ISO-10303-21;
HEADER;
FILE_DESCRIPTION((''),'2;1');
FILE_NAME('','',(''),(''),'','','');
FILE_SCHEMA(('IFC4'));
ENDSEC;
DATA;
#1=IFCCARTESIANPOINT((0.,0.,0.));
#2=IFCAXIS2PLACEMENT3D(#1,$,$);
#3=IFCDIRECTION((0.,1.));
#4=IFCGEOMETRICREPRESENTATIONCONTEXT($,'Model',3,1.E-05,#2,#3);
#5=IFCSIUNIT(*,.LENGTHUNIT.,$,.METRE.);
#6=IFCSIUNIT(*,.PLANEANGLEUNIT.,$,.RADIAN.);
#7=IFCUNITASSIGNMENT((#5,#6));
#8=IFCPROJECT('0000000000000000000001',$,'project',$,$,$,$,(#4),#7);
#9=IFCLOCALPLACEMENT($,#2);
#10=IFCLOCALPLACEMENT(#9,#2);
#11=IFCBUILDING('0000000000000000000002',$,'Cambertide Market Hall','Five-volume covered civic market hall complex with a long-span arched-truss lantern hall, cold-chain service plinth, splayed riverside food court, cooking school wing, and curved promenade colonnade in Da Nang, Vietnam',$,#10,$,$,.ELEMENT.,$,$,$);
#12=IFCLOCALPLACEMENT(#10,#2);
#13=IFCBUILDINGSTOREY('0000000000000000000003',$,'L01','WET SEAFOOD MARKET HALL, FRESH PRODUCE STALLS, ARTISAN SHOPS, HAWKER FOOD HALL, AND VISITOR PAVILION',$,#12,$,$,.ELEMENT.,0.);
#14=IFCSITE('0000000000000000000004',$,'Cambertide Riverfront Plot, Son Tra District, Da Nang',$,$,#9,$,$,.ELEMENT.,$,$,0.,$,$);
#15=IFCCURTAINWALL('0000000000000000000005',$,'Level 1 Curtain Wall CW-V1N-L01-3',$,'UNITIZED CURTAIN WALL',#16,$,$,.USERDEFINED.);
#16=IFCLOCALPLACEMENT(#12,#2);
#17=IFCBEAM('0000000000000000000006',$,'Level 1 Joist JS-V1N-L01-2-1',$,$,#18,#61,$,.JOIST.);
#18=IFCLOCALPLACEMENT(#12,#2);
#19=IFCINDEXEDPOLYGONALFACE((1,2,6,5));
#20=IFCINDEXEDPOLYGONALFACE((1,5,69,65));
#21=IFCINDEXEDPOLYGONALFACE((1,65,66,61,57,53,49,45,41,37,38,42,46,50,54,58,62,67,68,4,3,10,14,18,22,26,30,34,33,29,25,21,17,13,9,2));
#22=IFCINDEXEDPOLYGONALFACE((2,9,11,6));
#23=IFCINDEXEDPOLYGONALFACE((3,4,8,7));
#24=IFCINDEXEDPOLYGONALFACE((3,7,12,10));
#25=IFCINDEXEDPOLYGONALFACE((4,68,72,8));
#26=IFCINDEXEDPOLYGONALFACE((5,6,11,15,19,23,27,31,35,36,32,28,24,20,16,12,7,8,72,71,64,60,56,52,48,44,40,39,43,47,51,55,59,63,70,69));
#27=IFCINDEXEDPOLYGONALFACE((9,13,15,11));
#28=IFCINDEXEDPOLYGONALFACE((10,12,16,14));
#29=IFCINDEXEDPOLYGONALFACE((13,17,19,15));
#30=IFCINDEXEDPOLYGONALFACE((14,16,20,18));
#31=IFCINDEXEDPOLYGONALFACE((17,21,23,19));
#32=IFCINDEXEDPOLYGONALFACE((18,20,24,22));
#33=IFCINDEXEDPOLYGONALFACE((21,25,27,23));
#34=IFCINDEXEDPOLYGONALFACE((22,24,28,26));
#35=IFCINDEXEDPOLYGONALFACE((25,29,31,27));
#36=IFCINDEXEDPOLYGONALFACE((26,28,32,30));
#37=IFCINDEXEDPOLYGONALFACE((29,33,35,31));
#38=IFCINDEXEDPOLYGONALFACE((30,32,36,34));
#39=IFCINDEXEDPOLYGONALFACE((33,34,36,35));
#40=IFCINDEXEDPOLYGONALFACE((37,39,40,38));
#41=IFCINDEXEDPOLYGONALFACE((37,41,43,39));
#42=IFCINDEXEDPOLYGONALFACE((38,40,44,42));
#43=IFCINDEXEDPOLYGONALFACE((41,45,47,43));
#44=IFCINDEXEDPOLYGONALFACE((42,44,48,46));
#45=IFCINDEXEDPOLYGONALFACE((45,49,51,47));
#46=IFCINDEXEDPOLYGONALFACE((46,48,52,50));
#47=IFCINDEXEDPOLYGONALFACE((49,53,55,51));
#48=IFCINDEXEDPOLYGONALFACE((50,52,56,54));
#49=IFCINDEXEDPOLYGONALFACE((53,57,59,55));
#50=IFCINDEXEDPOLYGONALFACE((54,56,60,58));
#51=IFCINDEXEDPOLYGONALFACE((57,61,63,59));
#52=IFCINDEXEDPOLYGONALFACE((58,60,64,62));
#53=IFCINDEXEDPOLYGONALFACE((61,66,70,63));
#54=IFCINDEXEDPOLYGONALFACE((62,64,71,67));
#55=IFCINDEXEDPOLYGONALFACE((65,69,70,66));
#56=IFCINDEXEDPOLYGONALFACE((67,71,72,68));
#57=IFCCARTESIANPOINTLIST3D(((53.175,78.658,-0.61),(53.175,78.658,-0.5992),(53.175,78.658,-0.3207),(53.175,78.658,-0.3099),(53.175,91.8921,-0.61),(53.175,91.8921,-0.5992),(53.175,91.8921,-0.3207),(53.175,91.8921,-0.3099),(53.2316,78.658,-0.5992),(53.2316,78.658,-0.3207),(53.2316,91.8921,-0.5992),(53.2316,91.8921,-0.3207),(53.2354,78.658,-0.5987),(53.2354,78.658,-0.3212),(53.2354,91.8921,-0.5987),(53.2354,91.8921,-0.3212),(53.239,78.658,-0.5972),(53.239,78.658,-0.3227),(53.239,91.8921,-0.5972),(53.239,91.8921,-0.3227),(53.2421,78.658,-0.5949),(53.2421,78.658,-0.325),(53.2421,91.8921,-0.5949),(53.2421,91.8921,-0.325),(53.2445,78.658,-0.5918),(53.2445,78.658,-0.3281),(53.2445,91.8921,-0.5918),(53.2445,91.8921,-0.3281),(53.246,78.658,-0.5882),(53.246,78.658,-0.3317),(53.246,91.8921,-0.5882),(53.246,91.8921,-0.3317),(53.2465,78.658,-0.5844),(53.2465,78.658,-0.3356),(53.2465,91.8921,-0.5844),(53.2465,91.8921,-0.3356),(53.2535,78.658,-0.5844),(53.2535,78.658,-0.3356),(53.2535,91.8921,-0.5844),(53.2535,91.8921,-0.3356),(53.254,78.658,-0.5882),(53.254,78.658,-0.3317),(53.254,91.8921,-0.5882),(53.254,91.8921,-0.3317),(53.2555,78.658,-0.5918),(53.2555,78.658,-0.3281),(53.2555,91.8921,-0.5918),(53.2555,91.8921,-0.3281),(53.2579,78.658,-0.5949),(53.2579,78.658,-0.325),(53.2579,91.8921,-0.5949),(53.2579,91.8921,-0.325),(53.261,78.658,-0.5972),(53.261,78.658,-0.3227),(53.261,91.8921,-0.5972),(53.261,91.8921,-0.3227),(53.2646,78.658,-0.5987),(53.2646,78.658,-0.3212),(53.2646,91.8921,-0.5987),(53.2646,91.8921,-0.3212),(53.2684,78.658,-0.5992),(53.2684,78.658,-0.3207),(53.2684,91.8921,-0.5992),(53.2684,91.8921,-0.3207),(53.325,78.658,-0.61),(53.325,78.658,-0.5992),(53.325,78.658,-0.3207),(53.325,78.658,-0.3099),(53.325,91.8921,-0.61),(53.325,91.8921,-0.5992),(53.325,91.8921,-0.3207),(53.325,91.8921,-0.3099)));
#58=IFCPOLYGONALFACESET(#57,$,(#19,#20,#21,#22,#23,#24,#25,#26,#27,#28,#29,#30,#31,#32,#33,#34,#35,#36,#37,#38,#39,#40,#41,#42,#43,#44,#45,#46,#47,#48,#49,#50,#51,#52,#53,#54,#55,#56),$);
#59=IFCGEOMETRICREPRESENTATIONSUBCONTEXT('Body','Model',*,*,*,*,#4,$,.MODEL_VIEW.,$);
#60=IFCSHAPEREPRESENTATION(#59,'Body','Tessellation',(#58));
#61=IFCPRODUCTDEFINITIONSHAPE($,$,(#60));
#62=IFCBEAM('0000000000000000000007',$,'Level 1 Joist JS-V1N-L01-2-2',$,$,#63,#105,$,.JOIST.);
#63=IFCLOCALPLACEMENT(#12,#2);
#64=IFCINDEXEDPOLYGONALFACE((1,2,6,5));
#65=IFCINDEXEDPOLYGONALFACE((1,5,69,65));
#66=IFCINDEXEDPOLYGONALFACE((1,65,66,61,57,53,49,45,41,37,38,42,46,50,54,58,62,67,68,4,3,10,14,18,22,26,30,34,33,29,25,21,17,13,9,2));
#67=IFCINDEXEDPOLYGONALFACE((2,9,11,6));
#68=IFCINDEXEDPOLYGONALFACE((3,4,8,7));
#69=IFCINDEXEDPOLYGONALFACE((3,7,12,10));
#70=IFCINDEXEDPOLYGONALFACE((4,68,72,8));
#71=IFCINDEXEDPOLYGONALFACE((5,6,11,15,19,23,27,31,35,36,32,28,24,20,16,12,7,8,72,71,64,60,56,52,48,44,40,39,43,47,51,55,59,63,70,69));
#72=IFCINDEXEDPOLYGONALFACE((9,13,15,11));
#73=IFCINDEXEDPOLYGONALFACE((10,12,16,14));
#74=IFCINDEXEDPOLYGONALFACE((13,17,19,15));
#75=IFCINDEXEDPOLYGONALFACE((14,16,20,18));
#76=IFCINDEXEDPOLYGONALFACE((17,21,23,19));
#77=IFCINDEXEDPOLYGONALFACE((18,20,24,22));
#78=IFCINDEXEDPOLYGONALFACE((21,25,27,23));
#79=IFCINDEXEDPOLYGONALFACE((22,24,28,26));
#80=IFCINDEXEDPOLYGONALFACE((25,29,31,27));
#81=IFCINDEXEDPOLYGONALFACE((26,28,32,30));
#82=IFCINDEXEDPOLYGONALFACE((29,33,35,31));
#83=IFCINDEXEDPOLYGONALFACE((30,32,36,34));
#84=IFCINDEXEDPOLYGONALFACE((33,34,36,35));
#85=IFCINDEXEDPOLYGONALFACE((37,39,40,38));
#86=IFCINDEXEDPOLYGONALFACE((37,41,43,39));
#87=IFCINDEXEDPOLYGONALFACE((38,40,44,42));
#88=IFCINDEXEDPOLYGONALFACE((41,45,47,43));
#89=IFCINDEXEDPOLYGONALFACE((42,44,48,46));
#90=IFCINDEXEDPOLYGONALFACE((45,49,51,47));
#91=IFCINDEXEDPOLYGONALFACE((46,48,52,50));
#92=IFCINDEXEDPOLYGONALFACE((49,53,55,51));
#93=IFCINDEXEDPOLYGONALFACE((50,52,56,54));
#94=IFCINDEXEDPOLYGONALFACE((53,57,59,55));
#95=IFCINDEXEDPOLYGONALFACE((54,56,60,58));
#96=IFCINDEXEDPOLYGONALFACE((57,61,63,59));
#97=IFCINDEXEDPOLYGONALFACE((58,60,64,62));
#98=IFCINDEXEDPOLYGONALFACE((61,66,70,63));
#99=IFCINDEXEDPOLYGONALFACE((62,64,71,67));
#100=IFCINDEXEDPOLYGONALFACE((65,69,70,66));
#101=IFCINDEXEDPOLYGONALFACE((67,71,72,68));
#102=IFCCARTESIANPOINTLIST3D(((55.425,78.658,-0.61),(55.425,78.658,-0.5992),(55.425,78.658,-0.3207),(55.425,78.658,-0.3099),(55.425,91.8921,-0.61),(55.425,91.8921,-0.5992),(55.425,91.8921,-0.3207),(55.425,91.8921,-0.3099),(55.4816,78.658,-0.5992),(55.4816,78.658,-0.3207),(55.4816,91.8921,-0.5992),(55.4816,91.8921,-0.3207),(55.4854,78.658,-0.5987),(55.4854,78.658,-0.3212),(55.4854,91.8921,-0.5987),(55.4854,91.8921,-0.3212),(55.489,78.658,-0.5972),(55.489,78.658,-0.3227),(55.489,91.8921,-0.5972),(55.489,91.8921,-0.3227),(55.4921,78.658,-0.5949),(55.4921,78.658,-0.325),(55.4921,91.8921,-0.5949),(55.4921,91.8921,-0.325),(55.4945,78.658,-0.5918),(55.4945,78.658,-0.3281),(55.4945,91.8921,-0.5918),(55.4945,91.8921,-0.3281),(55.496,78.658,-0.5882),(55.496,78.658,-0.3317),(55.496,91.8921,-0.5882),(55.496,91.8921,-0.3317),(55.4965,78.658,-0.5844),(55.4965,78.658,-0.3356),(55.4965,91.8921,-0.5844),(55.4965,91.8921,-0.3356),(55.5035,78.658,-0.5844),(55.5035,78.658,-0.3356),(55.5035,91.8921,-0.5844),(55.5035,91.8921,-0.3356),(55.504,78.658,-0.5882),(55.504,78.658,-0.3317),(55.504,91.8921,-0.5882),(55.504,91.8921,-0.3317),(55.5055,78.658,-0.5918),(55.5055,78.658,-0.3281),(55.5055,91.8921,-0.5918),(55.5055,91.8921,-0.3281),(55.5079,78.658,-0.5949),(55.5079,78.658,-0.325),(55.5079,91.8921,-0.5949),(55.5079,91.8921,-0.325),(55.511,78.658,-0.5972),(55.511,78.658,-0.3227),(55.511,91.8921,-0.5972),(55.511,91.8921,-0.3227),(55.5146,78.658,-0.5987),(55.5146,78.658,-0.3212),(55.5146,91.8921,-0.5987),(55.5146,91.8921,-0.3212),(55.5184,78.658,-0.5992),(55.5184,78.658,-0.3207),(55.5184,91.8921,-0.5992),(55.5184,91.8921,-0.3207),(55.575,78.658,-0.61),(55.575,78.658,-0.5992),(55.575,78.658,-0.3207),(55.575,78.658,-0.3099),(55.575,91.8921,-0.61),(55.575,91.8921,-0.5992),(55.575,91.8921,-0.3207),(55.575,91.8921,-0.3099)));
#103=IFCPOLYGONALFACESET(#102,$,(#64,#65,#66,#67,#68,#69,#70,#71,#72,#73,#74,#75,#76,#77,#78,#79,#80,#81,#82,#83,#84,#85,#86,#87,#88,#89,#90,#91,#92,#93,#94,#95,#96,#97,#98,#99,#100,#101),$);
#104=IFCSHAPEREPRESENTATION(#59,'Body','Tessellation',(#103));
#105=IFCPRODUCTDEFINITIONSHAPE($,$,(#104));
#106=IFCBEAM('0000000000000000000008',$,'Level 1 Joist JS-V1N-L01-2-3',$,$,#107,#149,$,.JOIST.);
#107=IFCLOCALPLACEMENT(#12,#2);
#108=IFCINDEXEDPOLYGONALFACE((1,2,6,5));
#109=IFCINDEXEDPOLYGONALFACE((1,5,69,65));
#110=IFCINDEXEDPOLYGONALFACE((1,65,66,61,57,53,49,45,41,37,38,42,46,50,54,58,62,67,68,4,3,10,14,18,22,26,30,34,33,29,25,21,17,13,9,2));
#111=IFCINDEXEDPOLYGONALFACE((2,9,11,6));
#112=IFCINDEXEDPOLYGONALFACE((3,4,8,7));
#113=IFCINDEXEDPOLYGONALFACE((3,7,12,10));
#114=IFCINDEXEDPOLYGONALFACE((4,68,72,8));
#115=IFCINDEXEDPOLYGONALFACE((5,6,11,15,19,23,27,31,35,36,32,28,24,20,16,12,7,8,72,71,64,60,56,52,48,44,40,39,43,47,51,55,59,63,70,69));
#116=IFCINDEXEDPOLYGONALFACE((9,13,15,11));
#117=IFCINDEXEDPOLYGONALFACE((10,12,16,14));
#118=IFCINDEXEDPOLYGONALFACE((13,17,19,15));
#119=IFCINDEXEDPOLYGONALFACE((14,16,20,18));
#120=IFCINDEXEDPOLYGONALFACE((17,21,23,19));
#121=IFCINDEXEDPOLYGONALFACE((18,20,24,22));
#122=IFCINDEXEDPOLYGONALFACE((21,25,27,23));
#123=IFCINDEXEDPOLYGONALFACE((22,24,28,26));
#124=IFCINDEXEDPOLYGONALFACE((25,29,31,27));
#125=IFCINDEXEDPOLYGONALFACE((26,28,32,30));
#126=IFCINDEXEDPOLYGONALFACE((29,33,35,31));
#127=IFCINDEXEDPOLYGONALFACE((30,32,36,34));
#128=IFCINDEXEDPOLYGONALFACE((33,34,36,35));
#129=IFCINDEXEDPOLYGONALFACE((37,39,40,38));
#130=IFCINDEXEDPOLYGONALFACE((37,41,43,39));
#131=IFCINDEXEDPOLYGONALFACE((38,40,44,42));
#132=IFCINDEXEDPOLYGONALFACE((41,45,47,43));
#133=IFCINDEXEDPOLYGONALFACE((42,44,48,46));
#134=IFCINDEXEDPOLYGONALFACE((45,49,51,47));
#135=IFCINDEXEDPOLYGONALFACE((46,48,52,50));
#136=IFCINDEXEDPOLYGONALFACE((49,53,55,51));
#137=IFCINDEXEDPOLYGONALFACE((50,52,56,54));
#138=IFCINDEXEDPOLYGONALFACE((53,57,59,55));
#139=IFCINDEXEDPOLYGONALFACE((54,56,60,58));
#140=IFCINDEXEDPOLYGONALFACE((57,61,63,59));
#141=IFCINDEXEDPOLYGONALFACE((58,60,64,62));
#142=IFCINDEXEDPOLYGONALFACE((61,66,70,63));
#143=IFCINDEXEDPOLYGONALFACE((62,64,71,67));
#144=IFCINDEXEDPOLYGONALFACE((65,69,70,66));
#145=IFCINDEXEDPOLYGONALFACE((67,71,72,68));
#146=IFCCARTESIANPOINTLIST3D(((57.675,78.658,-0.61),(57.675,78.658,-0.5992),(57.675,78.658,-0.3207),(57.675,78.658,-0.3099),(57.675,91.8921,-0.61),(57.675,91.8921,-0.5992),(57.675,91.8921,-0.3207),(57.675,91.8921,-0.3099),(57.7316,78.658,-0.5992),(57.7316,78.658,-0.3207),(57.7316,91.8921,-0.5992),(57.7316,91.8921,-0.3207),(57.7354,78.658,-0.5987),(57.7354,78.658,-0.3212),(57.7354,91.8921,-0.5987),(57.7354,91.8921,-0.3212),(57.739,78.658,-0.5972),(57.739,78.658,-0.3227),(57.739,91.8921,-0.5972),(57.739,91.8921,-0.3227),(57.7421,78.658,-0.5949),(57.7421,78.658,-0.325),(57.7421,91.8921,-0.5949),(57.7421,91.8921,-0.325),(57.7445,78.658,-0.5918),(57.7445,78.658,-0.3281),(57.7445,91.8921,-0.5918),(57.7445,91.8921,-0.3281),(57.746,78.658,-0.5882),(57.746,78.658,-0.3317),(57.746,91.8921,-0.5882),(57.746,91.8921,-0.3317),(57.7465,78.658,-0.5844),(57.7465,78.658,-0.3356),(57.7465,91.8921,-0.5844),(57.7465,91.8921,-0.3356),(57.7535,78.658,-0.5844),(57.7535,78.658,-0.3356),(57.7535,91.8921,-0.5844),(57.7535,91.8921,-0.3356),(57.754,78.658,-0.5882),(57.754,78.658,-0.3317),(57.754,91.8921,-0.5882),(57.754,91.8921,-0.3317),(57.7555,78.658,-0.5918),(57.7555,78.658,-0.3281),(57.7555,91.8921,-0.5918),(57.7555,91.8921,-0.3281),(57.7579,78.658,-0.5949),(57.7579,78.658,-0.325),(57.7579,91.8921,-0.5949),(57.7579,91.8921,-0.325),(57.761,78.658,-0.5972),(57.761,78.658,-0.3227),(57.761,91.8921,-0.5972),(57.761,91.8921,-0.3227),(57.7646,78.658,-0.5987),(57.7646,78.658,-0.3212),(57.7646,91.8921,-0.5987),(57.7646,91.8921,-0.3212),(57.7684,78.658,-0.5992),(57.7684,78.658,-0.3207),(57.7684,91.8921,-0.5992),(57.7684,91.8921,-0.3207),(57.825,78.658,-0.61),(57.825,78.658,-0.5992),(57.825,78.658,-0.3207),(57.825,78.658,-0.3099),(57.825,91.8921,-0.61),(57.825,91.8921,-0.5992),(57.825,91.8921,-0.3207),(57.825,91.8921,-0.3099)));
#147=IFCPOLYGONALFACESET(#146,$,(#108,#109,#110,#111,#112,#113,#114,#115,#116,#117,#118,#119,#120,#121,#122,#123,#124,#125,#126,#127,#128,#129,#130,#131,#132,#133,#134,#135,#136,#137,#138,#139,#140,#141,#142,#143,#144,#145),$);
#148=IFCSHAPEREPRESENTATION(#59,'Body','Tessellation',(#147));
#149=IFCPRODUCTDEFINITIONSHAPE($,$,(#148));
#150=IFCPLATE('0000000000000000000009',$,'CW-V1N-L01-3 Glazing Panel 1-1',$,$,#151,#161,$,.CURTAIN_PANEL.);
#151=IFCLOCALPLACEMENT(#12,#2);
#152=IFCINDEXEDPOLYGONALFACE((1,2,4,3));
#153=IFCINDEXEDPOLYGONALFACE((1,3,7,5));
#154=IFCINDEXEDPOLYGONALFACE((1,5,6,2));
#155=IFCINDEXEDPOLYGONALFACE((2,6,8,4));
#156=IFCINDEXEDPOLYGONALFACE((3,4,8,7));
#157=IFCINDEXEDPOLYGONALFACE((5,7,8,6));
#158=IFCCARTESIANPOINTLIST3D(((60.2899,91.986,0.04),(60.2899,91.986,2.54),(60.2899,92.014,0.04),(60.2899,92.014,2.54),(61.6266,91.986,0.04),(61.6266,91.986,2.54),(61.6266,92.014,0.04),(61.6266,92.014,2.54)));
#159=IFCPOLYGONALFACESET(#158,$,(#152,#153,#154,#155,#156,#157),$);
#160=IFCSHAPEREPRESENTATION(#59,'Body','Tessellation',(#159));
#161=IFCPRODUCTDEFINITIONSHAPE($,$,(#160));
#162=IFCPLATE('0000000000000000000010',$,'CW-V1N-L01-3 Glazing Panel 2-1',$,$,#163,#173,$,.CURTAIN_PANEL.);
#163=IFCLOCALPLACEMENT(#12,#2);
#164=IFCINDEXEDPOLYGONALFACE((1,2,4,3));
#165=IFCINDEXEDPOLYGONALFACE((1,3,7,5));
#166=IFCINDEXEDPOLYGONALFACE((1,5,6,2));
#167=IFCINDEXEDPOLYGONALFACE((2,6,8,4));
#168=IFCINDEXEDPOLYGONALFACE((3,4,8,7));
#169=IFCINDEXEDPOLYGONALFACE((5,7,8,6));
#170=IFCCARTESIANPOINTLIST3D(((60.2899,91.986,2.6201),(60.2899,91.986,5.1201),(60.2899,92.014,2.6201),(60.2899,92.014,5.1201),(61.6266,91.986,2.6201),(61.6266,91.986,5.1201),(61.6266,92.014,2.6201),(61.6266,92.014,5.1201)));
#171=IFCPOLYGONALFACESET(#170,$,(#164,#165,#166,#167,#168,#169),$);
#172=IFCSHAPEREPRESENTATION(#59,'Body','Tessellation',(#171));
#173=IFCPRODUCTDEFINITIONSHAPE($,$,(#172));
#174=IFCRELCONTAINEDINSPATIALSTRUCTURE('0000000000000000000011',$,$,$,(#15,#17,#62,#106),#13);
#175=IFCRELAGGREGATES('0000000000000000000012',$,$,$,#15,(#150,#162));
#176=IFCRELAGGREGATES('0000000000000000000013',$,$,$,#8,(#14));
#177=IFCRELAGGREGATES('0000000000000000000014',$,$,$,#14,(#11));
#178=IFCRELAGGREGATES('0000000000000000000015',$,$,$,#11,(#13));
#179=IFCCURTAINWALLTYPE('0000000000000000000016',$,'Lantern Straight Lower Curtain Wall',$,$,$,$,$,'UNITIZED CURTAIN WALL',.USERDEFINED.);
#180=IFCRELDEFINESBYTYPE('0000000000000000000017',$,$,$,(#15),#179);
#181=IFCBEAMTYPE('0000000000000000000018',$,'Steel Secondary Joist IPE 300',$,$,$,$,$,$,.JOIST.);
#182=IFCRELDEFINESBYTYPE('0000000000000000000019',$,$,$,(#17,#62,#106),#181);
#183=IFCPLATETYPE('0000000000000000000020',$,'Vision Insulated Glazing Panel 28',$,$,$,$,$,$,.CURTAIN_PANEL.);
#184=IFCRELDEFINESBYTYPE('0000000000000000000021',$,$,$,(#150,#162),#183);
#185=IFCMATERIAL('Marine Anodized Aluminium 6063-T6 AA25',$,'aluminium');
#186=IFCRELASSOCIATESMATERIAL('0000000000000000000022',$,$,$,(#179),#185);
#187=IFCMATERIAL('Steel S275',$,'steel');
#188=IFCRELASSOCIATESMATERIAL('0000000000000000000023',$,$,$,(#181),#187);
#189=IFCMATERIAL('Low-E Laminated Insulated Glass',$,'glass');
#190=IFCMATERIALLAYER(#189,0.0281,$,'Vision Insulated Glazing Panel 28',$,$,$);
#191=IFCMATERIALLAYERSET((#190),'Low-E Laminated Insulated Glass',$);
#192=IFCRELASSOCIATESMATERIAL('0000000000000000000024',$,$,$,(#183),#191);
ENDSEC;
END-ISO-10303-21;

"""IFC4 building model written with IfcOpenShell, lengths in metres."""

from ifc_helpers import new_model, si_unit, direction, frame, origin, origin_2d, place, context, subcontext, project, spatial, rectangle, i_section, extrude, material, layer, layer_set, material_profile, profile_set, type_object, element, aggregate, save


model = new_model("IFC4")

# Units and contexts
model_context = context("Model", 3, precision=1e-05, world=origin(), true_north=direction((0.0, 1.0)))
body_context = subcontext(model_context, "Body", "Model", "MODEL_VIEW")
ifc_project = project(units=[si_unit("LENGTHUNIT", "METRE"), si_unit("PLANEANGLEUNIT", "RADIAN")], contexts=[model_context])

# Site, building, storey
site_placement = place(None, origin())
site = spatial("IfcSite", under=ifc_project, at=site_placement, Name="Cambertide Riverfront Plot, Son Tra District, Da Nang", CompositionType="ELEMENT", RefElevation=0.0)
building_placement = place(site_placement, origin())
building = spatial("IfcBuilding", under=site, at=building_placement, Name="Cambertide Market Hall", Description="Five-volume covered civic market hall complex with a long-span arched-truss lantern hall, cold-chain service plinth, splayed riverside food court, cooking school wing, and curved promenade colonnade in Da Nang, Vietnam", CompositionType="ELEMENT")
storey_placement = place(building_placement, origin())
storey = spatial("IfcBuildingStorey", under=building, at=storey_placement, Name="L01", Description="WET SEAFOOD MARKET HALL, FRESH PRODUCE STALLS, ARTISAN SHOPS, HAWKER FOOD HALL, AND VISITOR PAVILION", CompositionType="ELEMENT", Elevation=0.0)

# Curtain wall
ifc_material_1 = material(Name="Marine Anodized Aluminium 6063-T6 AA25", Category="aluminium")
curtain_wall_type = type_object("IfcCurtainWallType", Name="Lantern Straight Lower Curtain Wall", ElementType="UNITIZED CURTAIN WALL", PredefinedType="USERDEFINED", material=ifc_material_1)
curtain_wall_placement = place(storey_placement, origin())
curtain_wall = element("IfcCurtainWall", 1, at=curtain_wall_placement, inside=storey, type_object=curtain_wall_type, Name="Level 1 Curtain Wall CW-V1N-L01-3", ObjectType="UNITIZED CURTAIN WALL", PredefinedType="USERDEFINED")

# Beams
ifc_material_2 = material(Name="Steel S275", Category="steel")
ifc_material_profile_1 = material_profile(ifc_material_2, i_section(OverallWidth=0.1499, OverallDepth=0.3, WebThickness=0.0071, FlangeThickness=0.0107, FilletRadius=0.0149, at=origin_2d()), Name="IPE 300")
ifc_profile_set_1 = profile_set([ifc_material_profile_1], Name="Steel S275")
beam_type_1 = type_object("IfcBeamType", Name="Steel Secondary Joist IPE 300", PredefinedType="JOIST", material=ifc_profile_set_1)
for number, where, z_axis, x_axis, name in (
    (2, (53.25, 78.658, -0.46), (0.0, 1.0, 0.0), (-1.0, 0.0, 0.0), "Level 1 Joist JS-V1N-L01-2-1"),
    (3, (55.5, 78.658, -0.46), (0.0, 1.0, 0.0), (-1.0, 0.0, 0.0), "Level 1 Joist JS-V1N-L01-2-2"),
    (4, (57.75, 78.658, -0.46), (0.0, 1.0, 0.0), (-1.0, 0.0, 0.0), "Level 1 Joist JS-V1N-L01-2-3"),
):
    element("IfcBeam", number, at=place(storey_placement, frame(where, z_axis=z_axis, x_axis=x_axis)), inside=storey, type_object=beam_type_1, Name=name, PredefinedType="JOIST", context=body_context, shape_type="SweptSolid", body=[
        extrude(i_section(OverallWidth=0.1499, OverallDepth=0.3, WebThickness=0.0071, FlangeThickness=0.0107, FilletRadius=0.0149, at=origin_2d()), origin(), (0.0, 0.0, 1.0), 13.2341),
    ])

# Plates
ifc_material_3 = material(Name="Low-E Laminated Insulated Glass", Category="glass")
ifc_layer_1 = layer(ifc_material_3, 0.0281, Name="Vision Insulated Glazing Panel 28")
ifc_layer_set_1 = layer_set([ifc_layer_1], Name="Low-E Laminated Insulated Glass")
plate_type = type_object("IfcPlateType", Name="Vision Insulated Glazing Panel 28", PredefinedType="CURTAIN_PANEL", material=ifc_layer_set_1)
plate_1_placement = place(storey_placement, frame((60.9583, 92.0, 0.04), z_axis=(0.0, 0.0, 1.0), x_axis=(1.0, 0.0, 0.0)))
plate_1 = element("IfcPlate", 5, at=plate_1_placement, type_object=plate_type, Name="CW-V1N-L01-3 Glazing Panel 1-1", PredefinedType="CURTAIN_PANEL", context=body_context, shape_type="SweptSolid", body=[
    extrude(rectangle(XDim=1.3367, YDim=0.0281, at=origin_2d()), origin(), (0.0, 0.0, 1.0), 2.5),
])
plate_2_placement = place(storey_placement, frame((60.9583, 92.0, 2.6201), z_axis=(0.0, 0.0, 1.0), x_axis=(1.0, 0.0, 0.0)))
plate_2 = element("IfcPlate", 6, at=plate_2_placement, type_object=plate_type, Name="CW-V1N-L01-3 Glazing Panel 2-1", PredefinedType="CURTAIN_PANEL", context=body_context, shape_type="SweptSolid", body=[
    extrude(rectangle(XDim=1.3367, YDim=0.0281, at=origin_2d()), origin(), (0.0, 0.0, 1.0), 2.5),
])
aggregate(curtain_wall, [plate_1, plate_2])

save(model, "model.ifc")
